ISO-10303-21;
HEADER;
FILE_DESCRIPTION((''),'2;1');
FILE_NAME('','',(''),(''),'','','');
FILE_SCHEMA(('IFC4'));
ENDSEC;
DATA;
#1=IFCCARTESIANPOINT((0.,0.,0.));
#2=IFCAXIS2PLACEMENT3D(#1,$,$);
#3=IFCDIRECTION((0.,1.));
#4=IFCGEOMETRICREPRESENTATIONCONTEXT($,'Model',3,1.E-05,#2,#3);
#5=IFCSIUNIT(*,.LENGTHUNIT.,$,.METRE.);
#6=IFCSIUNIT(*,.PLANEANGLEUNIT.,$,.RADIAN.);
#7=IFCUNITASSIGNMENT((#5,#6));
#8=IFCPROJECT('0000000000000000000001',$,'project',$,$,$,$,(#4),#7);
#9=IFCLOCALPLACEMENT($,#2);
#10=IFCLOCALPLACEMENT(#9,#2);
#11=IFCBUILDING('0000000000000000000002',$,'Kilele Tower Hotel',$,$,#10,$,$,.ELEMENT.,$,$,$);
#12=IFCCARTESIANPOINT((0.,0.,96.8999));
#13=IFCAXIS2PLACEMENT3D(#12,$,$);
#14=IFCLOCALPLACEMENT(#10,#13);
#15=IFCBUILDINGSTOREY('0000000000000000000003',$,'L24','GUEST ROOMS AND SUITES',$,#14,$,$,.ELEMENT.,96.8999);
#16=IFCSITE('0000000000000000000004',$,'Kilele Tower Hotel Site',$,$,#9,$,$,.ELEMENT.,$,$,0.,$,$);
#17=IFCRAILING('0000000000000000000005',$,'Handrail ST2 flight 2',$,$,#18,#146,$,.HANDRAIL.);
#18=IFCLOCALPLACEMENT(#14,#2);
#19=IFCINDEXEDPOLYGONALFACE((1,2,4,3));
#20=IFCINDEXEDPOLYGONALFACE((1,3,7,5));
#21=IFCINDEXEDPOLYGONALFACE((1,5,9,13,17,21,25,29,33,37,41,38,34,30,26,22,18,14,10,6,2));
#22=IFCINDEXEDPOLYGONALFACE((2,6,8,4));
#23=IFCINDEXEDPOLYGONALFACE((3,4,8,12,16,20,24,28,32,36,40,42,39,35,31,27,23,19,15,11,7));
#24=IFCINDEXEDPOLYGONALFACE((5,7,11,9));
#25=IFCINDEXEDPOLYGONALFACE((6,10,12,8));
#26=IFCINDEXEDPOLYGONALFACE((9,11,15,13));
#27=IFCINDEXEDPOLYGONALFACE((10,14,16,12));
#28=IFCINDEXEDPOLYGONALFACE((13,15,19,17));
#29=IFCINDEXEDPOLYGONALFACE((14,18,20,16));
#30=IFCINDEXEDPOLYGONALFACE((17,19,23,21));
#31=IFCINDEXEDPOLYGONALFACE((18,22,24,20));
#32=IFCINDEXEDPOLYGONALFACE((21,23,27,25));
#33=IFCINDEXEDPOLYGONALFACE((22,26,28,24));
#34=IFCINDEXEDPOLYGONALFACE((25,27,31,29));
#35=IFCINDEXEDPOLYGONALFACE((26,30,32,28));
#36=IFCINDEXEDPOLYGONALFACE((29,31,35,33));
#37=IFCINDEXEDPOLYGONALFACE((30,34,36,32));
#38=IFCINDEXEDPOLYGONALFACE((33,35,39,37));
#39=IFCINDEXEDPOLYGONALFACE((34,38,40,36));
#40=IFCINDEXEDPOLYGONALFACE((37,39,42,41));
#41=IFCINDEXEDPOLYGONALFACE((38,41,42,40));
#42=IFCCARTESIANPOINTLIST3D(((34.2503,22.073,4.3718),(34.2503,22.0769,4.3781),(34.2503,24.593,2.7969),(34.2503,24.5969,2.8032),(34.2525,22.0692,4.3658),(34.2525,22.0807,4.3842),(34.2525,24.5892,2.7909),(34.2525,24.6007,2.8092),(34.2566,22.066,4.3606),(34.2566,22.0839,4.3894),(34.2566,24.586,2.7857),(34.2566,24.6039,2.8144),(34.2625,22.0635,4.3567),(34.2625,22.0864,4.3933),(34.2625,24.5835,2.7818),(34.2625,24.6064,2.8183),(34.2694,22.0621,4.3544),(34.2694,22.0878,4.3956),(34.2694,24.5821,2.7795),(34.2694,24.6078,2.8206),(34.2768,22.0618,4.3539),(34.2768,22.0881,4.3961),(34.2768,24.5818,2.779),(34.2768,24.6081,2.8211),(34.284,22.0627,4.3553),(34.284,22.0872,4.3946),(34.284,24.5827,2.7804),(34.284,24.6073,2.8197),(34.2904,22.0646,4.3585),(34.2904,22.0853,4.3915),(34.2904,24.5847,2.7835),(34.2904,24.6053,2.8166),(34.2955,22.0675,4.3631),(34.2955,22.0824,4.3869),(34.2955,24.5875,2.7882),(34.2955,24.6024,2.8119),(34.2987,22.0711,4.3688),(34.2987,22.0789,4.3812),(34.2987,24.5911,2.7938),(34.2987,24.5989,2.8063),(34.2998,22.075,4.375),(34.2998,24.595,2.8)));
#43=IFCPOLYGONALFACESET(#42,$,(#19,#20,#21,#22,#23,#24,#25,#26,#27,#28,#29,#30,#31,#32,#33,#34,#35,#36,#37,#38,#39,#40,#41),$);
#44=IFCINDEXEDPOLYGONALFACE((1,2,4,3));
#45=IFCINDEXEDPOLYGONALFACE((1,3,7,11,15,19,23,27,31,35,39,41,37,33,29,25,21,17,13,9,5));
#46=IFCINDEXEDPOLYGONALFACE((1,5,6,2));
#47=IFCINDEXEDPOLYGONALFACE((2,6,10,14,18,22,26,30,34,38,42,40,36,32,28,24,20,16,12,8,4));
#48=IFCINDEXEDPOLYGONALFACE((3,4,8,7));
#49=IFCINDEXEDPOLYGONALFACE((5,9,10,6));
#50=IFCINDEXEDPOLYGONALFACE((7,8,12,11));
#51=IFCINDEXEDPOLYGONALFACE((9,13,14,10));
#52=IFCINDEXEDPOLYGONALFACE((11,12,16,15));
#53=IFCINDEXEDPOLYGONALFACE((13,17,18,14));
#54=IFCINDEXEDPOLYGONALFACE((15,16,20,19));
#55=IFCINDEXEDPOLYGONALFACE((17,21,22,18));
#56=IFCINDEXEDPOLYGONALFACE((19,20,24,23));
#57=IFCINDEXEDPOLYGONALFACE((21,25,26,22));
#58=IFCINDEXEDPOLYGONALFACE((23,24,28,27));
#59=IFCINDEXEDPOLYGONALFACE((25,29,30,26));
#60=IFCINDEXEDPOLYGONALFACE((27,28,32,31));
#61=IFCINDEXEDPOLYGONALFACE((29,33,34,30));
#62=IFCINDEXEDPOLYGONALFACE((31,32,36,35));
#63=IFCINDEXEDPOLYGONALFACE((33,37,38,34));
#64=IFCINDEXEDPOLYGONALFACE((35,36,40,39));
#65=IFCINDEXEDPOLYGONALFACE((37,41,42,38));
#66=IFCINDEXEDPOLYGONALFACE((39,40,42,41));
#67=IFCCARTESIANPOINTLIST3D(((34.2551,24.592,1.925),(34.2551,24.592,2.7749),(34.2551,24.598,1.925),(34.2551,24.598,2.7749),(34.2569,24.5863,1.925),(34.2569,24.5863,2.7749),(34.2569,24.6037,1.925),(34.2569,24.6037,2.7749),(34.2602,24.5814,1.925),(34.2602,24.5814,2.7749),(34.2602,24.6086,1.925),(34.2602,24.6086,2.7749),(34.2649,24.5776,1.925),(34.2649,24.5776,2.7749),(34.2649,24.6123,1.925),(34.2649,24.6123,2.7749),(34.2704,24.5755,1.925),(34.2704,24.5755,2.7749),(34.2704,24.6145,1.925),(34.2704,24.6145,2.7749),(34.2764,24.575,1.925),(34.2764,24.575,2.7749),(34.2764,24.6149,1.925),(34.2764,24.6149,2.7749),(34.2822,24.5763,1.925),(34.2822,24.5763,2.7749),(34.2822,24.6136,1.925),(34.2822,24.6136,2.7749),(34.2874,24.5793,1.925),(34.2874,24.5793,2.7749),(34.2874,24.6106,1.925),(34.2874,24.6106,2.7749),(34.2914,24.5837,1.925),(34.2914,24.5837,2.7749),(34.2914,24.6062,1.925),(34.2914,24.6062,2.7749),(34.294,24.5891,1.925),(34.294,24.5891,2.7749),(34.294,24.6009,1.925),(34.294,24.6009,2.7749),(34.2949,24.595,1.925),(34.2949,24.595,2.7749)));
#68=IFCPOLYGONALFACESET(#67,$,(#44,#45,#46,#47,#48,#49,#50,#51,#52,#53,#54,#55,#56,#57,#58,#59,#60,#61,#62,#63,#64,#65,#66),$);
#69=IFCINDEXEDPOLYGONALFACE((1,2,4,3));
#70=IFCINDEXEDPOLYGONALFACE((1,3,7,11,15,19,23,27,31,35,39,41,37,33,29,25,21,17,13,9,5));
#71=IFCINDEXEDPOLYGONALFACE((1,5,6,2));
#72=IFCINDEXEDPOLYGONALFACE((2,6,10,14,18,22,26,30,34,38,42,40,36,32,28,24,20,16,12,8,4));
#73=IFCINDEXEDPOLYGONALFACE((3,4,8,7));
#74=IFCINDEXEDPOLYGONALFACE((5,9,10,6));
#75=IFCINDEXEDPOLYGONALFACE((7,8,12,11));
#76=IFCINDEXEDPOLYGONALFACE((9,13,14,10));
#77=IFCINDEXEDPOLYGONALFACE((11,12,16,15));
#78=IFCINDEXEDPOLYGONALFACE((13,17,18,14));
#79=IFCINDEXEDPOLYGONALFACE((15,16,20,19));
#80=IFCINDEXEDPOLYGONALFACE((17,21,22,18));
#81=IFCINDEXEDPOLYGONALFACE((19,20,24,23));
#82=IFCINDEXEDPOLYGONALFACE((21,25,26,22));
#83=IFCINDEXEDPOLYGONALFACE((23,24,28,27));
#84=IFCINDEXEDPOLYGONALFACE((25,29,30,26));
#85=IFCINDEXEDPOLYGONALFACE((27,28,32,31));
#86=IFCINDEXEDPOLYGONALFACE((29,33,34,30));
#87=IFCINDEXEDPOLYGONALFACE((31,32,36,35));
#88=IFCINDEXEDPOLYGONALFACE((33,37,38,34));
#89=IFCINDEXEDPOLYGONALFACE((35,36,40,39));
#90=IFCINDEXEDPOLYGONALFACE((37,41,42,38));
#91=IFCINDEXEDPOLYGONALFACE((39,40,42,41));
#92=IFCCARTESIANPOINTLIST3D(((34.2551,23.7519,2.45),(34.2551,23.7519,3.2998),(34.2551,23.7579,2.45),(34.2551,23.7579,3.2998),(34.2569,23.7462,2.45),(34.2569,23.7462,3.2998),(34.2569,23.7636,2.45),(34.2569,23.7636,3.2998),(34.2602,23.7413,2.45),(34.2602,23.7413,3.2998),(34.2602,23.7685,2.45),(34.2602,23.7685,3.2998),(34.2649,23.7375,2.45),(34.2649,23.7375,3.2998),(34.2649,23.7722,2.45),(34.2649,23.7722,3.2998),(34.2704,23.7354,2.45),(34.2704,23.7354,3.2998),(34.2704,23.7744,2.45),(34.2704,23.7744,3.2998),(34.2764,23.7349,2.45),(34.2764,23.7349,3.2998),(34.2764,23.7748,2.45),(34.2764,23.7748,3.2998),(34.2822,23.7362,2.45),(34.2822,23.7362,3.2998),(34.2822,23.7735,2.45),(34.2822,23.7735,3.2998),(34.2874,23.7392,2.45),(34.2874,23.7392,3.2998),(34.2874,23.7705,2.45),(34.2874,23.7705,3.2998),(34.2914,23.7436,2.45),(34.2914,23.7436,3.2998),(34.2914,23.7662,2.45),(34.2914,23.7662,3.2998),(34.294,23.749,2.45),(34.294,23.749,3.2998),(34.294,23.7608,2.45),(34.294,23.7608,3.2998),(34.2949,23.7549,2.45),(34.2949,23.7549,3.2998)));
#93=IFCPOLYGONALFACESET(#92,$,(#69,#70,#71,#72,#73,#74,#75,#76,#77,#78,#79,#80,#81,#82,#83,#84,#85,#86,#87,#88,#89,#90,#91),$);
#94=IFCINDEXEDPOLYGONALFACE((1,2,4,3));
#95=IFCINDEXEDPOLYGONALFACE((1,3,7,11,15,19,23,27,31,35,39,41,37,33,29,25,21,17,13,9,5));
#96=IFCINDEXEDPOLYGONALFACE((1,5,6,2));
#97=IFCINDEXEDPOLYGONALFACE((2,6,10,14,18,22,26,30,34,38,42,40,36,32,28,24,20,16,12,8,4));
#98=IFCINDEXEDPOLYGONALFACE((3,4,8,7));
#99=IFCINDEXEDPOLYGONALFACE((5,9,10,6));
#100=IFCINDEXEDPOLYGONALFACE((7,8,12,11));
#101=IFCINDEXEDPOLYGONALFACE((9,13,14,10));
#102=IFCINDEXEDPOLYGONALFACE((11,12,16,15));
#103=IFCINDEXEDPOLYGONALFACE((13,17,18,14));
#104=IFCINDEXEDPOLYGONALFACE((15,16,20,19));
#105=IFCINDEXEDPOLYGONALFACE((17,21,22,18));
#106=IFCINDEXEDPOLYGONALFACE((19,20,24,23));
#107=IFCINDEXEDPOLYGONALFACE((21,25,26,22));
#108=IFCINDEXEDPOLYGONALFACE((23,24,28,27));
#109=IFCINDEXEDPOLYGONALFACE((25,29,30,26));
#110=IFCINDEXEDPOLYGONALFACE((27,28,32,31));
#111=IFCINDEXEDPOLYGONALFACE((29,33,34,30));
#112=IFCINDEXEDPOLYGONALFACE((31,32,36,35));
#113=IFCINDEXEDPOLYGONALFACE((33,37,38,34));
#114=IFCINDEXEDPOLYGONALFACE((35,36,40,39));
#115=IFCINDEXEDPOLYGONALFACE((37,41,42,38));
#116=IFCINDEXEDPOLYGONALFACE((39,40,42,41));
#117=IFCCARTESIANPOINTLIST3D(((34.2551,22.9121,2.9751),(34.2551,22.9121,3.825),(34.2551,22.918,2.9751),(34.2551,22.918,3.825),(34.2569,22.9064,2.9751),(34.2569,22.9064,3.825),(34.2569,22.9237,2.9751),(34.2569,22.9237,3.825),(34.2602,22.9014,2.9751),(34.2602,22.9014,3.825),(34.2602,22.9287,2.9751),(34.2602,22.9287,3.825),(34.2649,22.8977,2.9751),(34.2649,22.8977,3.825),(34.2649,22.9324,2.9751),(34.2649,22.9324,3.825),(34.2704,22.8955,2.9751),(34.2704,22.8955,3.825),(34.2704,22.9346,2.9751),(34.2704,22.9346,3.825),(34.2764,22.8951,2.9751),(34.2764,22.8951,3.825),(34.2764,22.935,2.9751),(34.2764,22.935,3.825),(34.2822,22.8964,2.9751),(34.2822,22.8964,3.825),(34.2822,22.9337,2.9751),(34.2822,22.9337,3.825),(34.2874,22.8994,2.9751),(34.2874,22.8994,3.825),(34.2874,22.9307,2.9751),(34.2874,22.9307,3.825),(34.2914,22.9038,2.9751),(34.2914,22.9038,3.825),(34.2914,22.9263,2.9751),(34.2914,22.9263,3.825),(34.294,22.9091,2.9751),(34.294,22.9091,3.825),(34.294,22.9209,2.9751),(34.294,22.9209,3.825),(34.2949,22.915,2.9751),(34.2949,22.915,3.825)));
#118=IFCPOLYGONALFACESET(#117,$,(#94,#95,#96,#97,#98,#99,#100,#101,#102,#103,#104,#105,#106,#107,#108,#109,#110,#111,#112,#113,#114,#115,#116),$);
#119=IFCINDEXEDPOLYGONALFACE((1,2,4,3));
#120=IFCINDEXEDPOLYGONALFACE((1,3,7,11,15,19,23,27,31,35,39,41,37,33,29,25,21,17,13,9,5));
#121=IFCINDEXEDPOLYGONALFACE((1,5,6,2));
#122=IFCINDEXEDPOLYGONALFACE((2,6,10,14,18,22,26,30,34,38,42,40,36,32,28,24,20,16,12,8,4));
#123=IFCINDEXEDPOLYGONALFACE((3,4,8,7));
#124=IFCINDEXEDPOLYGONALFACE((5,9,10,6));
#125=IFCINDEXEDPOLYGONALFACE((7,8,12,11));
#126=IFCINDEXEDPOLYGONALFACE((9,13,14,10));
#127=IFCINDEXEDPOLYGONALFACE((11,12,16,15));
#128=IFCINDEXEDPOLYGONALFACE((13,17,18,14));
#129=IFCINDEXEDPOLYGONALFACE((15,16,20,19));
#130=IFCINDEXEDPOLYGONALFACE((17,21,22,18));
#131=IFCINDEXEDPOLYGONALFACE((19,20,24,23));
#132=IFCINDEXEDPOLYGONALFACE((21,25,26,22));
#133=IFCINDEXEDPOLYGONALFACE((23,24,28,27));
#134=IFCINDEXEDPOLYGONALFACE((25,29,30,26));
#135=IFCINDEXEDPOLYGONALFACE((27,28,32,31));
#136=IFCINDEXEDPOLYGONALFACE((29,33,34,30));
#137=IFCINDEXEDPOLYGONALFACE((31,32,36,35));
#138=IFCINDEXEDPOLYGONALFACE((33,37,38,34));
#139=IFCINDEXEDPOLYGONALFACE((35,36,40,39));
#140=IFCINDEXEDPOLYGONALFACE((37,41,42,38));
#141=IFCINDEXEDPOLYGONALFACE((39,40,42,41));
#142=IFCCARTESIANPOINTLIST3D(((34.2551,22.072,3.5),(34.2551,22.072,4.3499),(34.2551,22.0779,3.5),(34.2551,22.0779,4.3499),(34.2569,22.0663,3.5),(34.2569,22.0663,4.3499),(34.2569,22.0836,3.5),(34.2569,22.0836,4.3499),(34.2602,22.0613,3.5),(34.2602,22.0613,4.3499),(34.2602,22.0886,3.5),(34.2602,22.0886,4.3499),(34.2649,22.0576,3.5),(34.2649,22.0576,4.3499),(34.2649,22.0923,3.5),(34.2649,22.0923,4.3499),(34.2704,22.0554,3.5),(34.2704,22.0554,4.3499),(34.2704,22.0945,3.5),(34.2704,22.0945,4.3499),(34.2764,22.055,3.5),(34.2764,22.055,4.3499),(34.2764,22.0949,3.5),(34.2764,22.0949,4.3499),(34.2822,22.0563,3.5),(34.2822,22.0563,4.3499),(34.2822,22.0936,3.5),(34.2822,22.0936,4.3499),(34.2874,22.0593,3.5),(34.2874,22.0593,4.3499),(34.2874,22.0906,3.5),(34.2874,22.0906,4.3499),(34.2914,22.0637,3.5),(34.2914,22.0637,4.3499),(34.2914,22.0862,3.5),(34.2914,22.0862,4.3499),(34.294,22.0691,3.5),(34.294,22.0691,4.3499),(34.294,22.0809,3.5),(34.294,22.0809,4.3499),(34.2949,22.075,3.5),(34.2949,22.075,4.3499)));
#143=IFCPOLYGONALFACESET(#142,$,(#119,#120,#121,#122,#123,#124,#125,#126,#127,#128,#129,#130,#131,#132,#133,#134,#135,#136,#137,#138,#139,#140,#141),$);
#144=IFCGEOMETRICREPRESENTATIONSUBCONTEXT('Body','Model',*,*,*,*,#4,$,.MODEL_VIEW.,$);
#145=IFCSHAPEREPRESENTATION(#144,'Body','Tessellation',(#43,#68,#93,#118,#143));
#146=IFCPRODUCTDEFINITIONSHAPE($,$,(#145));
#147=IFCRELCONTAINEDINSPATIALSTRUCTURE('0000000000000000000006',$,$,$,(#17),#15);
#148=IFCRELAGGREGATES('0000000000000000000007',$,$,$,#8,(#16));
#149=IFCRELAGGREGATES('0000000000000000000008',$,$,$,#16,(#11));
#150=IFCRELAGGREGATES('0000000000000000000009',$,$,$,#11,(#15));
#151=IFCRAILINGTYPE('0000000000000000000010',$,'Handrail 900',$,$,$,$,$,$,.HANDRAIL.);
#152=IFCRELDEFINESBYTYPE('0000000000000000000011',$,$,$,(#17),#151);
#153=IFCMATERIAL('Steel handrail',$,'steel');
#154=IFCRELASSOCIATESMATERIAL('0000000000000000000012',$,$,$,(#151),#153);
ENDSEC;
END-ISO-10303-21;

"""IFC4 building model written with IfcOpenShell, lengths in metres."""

from ifc_helpers import new_model, si_unit, direction, frame, origin, origin_2d, place, context, subcontext, project, spatial, circle, extrude, material, type_object, element, save


model = new_model("IFC4")

# Units and contexts
model_context = context("Model", 3, precision=1e-05, world=origin(), true_north=direction((0.0, 1.0)))
body_context = subcontext(model_context, "Body", "Model", "MODEL_VIEW")
ifc_project = project(units=[si_unit("LENGTHUNIT", "METRE"), si_unit("PLANEANGLEUNIT", "RADIAN")], contexts=[model_context])

# Site, building, storey
site_placement = place(None, origin())
site = spatial("IfcSite", under=ifc_project, at=site_placement, Name="Kilele Tower Hotel Site", CompositionType="ELEMENT", RefElevation=0.0)
building_placement = place(site_placement, origin())
building = spatial("IfcBuilding", under=site, at=building_placement, Name="Kilele Tower Hotel", CompositionType="ELEMENT")
storey_placement = place(building_placement, frame((0.0, 0.0, 96.8999)))
storey = spatial("IfcBuildingStorey", under=building, at=storey_placement, Name="L24", Description="GUEST ROOMS AND SUITES", CompositionType="ELEMENT", Elevation=96.8999)

# Railing
ifc_material_1 = material(Name="Steel handrail", Category="steel")
railing_type_1 = type_object("IfcRailingType", Name="Handrail 900", PredefinedType="HANDRAIL", material=ifc_material_1)
for number, where, name in (
    (1, (34.2749, 24.595, 1.925), "Handrail ST2 flight 2"),
):
    element("IfcRailing", number, at=place(storey_placement, frame(where)), inside=storey, type_object=railing_type_1, Name=name, PredefinedType="HANDRAIL", context=body_context, shape_type="SweptSolid", body=[
        extrude(circle(Radius=0.0249, at=origin_2d()), frame((0.0, 0.0, 0.875), z_axis=(0.0, -0.848008, 0.529984), x_axis=(1.0, 0.0, 0.0)), (0.0, 0.0, 1.0), 2.9717),
        extrude(circle(Radius=0.02, at=origin_2d()), origin(), (0.0, 0.0, 1.0), 0.8499),
        extrude(circle(Radius=0.02, at=origin_2d()), frame((0.0, -0.8401, 0.5249)), (0.0, 0.0, 1.0), 0.8499),
        extrude(circle(Radius=0.02, at=origin_2d()), frame((0.0, -1.6799, 1.05)), (0.0, 0.0, 1.0), 0.8499),
        extrude(circle(Radius=0.02, at=origin_2d()), frame((0.0, -2.52, 1.575)), (0.0, 0.0, 1.0), 0.8499),
    ])

save(model, "model.ifc")
